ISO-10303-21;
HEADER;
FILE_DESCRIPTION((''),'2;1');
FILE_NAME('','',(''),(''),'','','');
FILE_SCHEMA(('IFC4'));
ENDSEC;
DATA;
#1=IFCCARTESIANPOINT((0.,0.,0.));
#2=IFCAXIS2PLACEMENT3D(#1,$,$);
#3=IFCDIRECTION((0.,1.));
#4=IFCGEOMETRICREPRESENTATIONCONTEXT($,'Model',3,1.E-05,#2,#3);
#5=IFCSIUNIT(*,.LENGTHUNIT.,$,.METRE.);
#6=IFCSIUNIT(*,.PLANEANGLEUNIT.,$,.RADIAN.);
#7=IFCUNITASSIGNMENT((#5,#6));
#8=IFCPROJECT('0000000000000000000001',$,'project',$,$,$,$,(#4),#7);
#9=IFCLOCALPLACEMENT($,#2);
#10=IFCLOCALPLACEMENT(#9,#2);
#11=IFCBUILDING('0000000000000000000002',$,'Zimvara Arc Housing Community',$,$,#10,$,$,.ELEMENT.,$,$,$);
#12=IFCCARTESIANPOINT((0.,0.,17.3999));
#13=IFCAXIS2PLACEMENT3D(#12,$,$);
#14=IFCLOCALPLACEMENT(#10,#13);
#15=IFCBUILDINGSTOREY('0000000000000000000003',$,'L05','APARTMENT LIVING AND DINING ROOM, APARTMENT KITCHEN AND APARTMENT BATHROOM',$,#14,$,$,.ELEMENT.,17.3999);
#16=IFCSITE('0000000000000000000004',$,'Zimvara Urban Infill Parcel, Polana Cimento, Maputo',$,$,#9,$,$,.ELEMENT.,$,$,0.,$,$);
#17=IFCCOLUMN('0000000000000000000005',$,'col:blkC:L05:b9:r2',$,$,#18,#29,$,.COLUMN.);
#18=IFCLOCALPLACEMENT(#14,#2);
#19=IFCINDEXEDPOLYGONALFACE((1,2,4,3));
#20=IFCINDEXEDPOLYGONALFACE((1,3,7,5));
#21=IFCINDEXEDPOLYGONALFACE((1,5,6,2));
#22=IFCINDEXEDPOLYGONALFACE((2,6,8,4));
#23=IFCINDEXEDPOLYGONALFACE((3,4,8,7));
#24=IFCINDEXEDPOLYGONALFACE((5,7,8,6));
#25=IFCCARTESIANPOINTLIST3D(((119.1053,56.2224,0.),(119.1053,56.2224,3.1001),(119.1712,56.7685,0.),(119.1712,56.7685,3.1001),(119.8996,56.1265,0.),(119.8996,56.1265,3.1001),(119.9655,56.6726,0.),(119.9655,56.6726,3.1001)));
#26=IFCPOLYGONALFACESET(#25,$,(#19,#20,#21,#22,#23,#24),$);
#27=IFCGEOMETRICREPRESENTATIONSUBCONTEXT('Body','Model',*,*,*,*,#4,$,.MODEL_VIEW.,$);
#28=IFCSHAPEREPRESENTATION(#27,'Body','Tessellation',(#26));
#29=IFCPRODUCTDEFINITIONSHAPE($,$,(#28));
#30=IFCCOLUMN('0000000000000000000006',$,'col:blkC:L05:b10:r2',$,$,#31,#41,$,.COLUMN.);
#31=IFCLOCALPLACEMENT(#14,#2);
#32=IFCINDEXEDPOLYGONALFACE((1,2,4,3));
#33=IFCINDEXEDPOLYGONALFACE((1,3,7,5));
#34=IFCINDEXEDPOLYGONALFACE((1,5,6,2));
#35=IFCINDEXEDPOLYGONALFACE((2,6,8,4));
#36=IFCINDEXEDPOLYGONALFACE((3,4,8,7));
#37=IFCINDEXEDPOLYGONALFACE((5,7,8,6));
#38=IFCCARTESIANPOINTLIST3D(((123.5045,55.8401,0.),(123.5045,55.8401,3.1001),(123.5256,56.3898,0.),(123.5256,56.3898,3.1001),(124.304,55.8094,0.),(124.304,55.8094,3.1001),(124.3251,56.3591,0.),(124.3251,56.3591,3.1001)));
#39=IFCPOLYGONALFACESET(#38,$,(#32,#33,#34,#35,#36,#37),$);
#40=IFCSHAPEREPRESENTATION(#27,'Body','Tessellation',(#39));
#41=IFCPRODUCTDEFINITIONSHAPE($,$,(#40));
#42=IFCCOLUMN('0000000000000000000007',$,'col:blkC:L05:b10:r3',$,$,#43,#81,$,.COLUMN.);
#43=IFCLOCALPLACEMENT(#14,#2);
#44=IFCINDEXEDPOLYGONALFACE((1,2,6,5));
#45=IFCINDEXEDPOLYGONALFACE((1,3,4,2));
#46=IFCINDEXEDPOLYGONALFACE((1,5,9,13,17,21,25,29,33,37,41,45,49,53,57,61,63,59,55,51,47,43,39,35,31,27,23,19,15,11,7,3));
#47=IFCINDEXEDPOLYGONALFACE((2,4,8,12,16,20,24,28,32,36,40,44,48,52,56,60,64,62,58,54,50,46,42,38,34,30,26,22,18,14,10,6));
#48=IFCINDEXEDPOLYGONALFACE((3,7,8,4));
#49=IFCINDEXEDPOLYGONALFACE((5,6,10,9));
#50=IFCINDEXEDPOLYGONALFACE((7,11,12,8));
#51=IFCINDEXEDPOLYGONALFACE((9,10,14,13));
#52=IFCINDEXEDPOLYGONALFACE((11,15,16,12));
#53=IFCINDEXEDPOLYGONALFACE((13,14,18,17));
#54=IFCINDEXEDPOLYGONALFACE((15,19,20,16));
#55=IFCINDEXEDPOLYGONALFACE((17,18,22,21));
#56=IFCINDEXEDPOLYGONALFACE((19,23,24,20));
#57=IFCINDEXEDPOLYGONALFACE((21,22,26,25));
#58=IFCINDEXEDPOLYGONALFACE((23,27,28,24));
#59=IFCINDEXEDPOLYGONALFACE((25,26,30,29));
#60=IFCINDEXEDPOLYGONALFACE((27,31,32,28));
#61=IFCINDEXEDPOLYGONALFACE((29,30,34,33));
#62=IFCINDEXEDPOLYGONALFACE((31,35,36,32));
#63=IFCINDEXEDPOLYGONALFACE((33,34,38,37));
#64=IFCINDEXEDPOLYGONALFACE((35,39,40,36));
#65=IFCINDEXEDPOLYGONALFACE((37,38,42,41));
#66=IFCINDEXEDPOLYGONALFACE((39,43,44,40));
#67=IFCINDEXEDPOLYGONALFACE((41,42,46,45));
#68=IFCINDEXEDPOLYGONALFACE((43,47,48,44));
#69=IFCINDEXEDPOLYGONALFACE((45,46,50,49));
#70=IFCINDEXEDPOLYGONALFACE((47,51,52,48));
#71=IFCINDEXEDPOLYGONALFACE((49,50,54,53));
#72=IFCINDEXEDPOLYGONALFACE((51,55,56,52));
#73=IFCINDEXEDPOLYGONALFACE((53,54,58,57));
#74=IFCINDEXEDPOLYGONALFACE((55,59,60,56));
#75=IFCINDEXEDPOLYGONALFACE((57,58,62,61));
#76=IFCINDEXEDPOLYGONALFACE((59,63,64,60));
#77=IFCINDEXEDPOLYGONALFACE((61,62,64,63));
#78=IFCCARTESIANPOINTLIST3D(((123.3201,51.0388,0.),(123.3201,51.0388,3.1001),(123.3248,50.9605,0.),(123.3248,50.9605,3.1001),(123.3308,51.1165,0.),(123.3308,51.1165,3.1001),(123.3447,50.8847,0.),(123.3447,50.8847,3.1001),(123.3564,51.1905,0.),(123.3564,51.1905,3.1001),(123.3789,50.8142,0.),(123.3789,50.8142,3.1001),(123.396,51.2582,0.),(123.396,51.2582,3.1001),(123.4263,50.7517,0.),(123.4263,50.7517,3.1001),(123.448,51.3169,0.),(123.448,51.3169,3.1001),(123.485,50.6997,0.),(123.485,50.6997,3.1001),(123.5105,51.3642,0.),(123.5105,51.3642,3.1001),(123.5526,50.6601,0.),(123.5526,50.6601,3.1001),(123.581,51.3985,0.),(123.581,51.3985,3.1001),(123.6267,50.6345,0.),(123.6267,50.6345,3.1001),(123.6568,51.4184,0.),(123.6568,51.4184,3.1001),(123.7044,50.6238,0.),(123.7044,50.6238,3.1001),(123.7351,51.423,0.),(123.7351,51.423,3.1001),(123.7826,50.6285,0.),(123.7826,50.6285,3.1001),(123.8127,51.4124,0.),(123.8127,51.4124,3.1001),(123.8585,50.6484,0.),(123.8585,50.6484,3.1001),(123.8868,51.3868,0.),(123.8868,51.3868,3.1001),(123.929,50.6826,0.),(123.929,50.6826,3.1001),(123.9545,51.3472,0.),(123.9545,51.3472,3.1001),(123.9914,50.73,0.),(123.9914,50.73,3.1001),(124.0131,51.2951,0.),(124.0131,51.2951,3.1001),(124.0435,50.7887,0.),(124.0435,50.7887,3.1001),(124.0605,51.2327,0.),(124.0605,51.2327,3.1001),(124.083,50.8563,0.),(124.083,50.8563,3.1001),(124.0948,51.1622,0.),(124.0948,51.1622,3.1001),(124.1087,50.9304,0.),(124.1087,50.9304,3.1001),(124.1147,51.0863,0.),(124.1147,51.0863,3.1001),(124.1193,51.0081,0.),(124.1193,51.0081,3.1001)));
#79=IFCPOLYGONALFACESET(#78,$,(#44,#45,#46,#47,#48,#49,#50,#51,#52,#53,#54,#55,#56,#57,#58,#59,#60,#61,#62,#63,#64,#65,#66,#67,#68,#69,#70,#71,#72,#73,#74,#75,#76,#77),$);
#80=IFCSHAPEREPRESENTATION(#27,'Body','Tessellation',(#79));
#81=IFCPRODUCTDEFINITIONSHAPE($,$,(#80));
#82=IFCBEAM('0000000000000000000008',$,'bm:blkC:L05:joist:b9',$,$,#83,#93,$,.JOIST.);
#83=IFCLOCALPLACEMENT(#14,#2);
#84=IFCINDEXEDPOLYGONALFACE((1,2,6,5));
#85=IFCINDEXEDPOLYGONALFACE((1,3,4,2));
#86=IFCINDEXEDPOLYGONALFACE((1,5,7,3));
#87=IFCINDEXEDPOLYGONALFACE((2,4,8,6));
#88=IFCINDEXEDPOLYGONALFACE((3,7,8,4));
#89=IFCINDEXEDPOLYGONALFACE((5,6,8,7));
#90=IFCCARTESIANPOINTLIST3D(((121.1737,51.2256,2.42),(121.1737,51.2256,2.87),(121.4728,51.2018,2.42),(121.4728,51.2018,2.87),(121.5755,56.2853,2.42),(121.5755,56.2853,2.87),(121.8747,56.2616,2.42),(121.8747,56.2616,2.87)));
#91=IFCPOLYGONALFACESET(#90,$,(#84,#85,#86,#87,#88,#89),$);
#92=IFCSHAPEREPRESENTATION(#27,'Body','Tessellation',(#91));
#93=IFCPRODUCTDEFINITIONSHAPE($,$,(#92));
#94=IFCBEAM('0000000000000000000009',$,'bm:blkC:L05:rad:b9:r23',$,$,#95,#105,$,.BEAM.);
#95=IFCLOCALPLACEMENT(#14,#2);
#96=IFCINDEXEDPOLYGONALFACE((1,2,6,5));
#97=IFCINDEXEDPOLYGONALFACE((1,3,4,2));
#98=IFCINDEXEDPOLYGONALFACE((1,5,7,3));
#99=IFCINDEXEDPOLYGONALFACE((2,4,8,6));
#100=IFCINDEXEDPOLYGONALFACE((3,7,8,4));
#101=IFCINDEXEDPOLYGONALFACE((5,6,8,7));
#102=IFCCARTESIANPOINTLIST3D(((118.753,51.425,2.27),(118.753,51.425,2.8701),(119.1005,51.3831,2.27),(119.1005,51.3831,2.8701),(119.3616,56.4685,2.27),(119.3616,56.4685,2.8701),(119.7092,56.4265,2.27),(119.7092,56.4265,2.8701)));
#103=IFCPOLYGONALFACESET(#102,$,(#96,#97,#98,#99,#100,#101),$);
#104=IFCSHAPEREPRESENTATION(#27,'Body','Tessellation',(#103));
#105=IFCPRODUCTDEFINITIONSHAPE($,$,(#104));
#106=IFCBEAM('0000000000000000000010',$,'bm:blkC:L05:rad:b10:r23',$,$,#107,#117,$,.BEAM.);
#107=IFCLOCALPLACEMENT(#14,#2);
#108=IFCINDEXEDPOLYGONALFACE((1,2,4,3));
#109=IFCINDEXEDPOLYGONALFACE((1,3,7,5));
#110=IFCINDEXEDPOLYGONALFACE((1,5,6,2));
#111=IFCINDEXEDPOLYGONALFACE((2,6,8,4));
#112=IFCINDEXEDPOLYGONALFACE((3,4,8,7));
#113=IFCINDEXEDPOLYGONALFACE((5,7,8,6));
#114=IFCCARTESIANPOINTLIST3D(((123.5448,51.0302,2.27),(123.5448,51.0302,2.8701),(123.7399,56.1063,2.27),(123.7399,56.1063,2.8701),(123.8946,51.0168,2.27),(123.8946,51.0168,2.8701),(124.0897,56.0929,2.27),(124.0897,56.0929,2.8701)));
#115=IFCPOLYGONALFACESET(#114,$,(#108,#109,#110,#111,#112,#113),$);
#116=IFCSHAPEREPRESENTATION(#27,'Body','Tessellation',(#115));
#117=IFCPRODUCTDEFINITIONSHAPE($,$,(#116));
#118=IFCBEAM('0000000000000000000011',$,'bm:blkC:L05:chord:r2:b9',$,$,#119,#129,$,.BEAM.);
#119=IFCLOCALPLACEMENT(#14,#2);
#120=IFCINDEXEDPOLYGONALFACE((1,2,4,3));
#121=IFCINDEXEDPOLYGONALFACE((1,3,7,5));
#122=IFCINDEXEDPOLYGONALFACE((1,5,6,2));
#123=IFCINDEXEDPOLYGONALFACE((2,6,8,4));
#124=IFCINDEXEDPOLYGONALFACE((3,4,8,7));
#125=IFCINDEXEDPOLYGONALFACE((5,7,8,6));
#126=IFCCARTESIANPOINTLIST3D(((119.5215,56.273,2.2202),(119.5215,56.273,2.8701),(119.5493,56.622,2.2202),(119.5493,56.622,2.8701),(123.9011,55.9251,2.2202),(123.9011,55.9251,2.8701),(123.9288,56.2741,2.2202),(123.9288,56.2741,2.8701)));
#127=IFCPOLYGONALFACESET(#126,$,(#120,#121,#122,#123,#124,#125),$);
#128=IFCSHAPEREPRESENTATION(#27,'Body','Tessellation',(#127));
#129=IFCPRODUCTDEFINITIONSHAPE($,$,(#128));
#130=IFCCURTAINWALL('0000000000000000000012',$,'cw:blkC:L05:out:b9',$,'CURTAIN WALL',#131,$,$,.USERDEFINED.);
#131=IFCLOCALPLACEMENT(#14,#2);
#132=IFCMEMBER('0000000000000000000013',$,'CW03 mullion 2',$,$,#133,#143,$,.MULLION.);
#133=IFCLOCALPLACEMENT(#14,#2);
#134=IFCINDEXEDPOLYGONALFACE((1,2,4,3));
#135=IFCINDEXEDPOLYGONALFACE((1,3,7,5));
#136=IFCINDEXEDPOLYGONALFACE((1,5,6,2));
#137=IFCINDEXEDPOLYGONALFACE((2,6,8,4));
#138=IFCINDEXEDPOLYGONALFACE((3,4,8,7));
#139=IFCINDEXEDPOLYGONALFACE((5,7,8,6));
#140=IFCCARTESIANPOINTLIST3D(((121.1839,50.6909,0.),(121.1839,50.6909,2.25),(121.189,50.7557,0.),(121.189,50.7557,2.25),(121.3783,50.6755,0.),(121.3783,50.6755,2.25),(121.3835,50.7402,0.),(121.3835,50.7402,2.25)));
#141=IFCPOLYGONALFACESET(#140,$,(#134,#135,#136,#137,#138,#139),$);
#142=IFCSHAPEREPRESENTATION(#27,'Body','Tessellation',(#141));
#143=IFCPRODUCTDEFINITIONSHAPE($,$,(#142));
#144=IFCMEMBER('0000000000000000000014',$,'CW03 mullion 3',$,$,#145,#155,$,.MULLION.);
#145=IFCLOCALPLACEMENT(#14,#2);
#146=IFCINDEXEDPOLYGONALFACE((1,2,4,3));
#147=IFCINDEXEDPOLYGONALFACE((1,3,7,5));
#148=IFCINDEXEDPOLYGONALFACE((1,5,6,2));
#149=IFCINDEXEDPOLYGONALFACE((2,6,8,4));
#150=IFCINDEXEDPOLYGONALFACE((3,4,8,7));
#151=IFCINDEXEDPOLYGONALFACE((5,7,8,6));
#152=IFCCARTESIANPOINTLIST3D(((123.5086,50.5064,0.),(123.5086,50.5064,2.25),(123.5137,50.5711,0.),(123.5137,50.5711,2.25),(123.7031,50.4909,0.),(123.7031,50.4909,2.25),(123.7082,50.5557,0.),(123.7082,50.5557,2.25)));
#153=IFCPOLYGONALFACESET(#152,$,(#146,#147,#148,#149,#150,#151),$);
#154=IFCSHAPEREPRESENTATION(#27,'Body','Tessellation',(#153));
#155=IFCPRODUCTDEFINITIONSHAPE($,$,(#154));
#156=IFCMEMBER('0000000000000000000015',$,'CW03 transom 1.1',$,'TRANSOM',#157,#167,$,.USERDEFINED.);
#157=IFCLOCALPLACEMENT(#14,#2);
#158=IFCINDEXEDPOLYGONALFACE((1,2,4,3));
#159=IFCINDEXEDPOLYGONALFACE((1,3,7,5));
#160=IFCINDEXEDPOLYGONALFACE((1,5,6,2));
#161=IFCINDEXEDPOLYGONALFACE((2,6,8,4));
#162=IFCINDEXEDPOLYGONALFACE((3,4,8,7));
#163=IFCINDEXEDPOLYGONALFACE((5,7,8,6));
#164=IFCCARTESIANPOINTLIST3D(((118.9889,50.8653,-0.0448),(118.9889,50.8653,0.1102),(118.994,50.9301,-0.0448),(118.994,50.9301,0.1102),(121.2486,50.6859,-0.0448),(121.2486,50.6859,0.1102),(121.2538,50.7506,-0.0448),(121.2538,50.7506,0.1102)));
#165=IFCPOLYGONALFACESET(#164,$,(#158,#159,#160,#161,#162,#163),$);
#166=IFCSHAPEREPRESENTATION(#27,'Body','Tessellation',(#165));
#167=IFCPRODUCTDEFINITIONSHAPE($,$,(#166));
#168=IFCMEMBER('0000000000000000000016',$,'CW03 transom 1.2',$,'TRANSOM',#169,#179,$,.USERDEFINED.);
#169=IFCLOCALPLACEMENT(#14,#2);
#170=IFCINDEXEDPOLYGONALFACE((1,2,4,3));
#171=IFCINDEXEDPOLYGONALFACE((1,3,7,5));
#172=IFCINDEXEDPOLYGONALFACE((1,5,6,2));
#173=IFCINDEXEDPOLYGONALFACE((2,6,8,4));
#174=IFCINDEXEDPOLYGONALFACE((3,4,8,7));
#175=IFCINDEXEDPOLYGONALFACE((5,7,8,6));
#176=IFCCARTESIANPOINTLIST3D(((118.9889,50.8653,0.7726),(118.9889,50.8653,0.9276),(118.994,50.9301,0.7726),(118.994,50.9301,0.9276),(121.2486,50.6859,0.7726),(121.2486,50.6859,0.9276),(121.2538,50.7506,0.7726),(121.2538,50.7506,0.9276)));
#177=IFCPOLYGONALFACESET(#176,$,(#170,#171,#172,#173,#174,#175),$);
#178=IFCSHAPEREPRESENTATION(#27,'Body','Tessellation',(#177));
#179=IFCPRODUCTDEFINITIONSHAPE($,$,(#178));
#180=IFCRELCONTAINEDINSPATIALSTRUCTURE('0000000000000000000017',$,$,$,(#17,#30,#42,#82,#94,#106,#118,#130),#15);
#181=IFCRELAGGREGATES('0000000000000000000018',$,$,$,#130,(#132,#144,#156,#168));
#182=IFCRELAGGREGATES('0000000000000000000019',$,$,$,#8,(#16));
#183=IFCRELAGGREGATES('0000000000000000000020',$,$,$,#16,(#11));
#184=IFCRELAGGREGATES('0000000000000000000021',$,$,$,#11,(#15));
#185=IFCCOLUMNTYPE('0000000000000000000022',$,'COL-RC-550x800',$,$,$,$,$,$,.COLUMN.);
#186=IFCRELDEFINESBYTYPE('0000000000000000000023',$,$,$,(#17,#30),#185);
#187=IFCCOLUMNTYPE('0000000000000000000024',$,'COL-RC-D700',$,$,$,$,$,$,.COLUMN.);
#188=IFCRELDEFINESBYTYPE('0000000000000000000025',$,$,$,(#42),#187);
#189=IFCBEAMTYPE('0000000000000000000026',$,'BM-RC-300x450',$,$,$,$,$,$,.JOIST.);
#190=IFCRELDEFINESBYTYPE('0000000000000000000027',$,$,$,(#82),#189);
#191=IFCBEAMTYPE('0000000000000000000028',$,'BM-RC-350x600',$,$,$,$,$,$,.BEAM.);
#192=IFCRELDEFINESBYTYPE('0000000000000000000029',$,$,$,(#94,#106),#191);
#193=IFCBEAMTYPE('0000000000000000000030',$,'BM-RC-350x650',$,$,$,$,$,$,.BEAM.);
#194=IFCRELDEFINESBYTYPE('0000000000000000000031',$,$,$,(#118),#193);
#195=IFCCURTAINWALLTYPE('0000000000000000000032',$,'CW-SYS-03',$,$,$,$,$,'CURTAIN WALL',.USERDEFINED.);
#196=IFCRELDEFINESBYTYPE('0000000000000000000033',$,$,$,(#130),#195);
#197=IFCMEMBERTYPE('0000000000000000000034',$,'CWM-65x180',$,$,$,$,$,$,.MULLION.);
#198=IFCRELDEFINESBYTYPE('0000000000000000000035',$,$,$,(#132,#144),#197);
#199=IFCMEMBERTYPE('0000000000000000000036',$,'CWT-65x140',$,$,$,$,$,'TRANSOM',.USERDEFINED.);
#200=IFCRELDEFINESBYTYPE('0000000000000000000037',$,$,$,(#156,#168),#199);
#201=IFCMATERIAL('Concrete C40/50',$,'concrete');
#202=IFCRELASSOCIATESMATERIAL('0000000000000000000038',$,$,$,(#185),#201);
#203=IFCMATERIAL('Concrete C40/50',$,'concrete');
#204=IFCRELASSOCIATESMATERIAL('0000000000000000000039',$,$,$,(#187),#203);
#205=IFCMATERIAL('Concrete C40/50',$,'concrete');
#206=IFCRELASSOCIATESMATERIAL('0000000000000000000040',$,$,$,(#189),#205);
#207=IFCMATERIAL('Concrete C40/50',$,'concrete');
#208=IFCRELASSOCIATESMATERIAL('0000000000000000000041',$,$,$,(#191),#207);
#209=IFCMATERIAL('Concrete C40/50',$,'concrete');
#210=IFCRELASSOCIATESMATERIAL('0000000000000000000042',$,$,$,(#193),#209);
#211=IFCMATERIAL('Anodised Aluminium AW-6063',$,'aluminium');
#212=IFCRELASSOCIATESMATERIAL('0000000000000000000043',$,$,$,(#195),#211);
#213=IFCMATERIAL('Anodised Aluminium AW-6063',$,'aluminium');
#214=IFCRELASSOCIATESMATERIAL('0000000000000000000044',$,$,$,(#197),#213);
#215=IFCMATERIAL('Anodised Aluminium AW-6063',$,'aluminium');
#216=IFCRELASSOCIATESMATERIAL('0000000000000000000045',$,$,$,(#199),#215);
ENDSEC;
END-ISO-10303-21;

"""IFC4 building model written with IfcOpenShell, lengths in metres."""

from ifc_helpers import new_model, si_unit, direction, frame, origin, origin_2d, place, context, subcontext, project, spatial, rectangle, circle, extrude, material, material_profile, profile_set, type_object, element, aggregate, save


model = new_model("IFC4")

# Units and contexts
model_context = context("Model", 3, precision=1e-05, world=origin(), true_north=direction((0.0, 1.0)))
body_context = subcontext(model_context, "Body", "Model", "MODEL_VIEW")
ifc_project = project(units=[si_unit("LENGTHUNIT", "METRE"), si_unit("PLANEANGLEUNIT", "RADIAN")], contexts=[model_context])

# Site, building, storey
site_placement = place(None, origin())
site = spatial("IfcSite", under=ifc_project, at=site_placement, Name="Zimvara Urban Infill Parcel, Polana Cimento, Maputo", CompositionType="ELEMENT", RefElevation=0.0)
building_placement = place(site_placement, origin())
building = spatial("IfcBuilding", under=site, at=building_placement, Name="Zimvara Arc Housing Community", CompositionType="ELEMENT")
storey_placement = place(building_placement, frame((0.0, 0.0, 17.3999)))
storey = spatial("IfcBuildingStorey", under=building, at=storey_placement, Name="L05", Description="APARTMENT LIVING AND DINING ROOM, APARTMENT KITCHEN AND APARTMENT BATHROOM", CompositionType="ELEMENT", Elevation=17.3999)

# Columns
ifc_material_1 = material(Name="Concrete C40/50", Category="concrete")
ifc_material_profile_1 = material_profile(ifc_material_1, rectangle(XDim=0.55, YDim=0.8, at=origin_2d()), Name="RC 550x800")
ifc_profile_set_1 = profile_set([ifc_material_profile_1], Name="Concrete C40/50")
column_type_1 = type_object("IfcColumnType", Name="COL-RC-550x800", PredefinedType="COLUMN", material=ifc_profile_set_1)
for number, where, z_axis, x_axis, name in (
    (1, (119.5354, 56.4475, 0.0), (0.0, 0.0, 1.0), (-0.11979, -0.992799, 0.0), "col:blkC:L05:b9:r2"),
    (2, (123.9148, 56.0996, 0.0), (0.0, 0.0, 1.0), (-0.038388, -0.999263, 0.0), "col:blkC:L05:b10:r2"),
):
    element("IfcColumn", number, at=place(storey_placement, frame(where, z_axis=z_axis, x_axis=x_axis)), inside=storey, type_object=column_type_1, Name=name, PredefinedType="COLUMN", context=body_context, shape_type="SweptSolid", body=[
        extrude(rectangle(XDim=0.55, YDim=0.8, at=origin_2d()), origin(), (0.0, 0.0, 1.0), 3.1001),
    ])
ifc_material_2 = material(Name="Concrete C40/50", Category="concrete")
ifc_material_profile_2 = material_profile(ifc_material_2, circle(Radius=0.3999, at=origin_2d()), Name="RC D800")
ifc_profile_set_2 = profile_set([ifc_material_profile_2], Name="Concrete C40/50")
column_type_2 = type_object("IfcColumnType", Name="COL-RC-D700", PredefinedType="COLUMN", material=ifc_profile_set_2)
column_placement = place(storey_placement, frame((123.7197, 51.0234, 0.0), z_axis=(0.0, 0.0, 1.0), x_axis=(-0.038388, -0.999263, 0.0)))
element("IfcColumn", 3, at=column_placement, inside=storey, type_object=column_type_2, Name="col:blkC:L05:b10:r3", PredefinedType="COLUMN", context=body_context, shape_type="SweptSolid", body=[
    extrude(circle(Radius=0.3999, at=origin_2d()), origin(), (0.0, 0.0, 1.0), 3.1001),
])

# Beams
ifc_material_3 = material(Name="Concrete C40/50", Category="concrete")
ifc_material_profile_3 = material_profile(ifc_material_3, rectangle(XDim=0.3, YDim=0.45, at=origin_2d()), Name="RC 300x450")
ifc_profile_set_3 = profile_set([ifc_material_profile_3], Name="Concrete C40/50")
beam_type_1 = type_object("IfcBeamType", Name="BM-RC-300x450", PredefinedType="JOIST", material=ifc_profile_set_3)
beam_1_placement = place(storey_placement, frame((121.7251, 56.2734, 2.645), z_axis=(-0.079172, -0.996861, 0.0), x_axis=(0.996861, -0.079172, 0.0)))
element("IfcBeam", 4, at=beam_1_placement, inside=storey, type_object=beam_type_1, Name="bm:blkC:L05:joist:b9", PredefinedType="JOIST", context=body_context, shape_type="SweptSolid", body=[
    extrude(rectangle(XDim=0.3, YDim=0.45, at=origin_2d()), origin(), (0.0, 0.0, 1.0), 5.0757),
])
ifc_material_4 = material(Name="Concrete C40/50", Category="concrete")
ifc_material_profile_4 = material_profile(ifc_material_4, rectangle(XDim=0.3501, YDim=0.6001, at=origin_2d()), Name="RC 350x600")
ifc_profile_set_4 = profile_set([ifc_material_profile_4], Name="Concrete C40/50")
beam_type_2 = type_object("IfcBeamType", Name="BM-RC-350x600", PredefinedType="BEAM", material=ifc_profile_set_4)
beam_2_placement = place(storey_placement, frame((119.5354, 56.4475, 2.5701), z_axis=(-0.11981, -0.992797, 0.0), x_axis=(0.992797, -0.11981, 0.0)))
element("IfcBeam", 5, at=beam_2_placement, inside=storey, type_object=beam_type_2, Name="bm:blkC:L05:rad:b9:r23", PredefinedType="BEAM", context=body_context, shape_type="SweptSolid", body=[
    extrude(rectangle(XDim=0.3501, YDim=0.6001, at=origin_2d()), origin(), (0.0, 0.0, 1.0), 5.0801),
])
beam_3_placement = place(storey_placement, frame((123.9148, 56.0996, 2.5701), z_axis=(-0.0384, -0.999262, 0.0), x_axis=(0.999262, -0.0384, 0.0)))
element("IfcBeam", 6, at=beam_3_placement, inside=storey, type_object=beam_type_2, Name="bm:blkC:L05:rad:b10:r23", PredefinedType="BEAM", context=body_context, shape_type="SweptSolid", body=[
    extrude(rectangle(XDim=0.3501, YDim=0.6001, at=origin_2d()), origin(), (0.0, 0.0, 1.0), 5.0798),
])
ifc_material_5 = material(Name="Concrete C40/50", Category="concrete")
ifc_material_profile_5 = material_profile(ifc_material_5, rectangle(XDim=0.3501, YDim=0.6499, at=origin_2d()), Name="RC 350x650")
ifc_profile_set_5 = profile_set([ifc_material_profile_5], Name="Concrete C40/50")
beam_type_3 = type_object("IfcBeamType", Name="BM-RC-350x650", PredefinedType="BEAM", material=ifc_profile_set_5)
beam_4_placement = place(storey_placement, frame((119.5354, 56.4475, 2.5452), z_axis=(0.996859, -0.079191, 0.0), x_axis=(0.079191, 0.996859, 0.0)))
element("IfcBeam", 7, at=beam_4_placement, inside=storey, type_object=beam_type_3, Name="bm:blkC:L05:chord:r2:b9", PredefinedType="BEAM", context=body_context, shape_type="SweptSolid", body=[
    extrude(rectangle(XDim=0.3501, YDim=0.6499, at=origin_2d()), origin(), (0.0, 0.0, 1.0), 4.3933),
])

# Curtain wall, members
ifc_material_6 = material(Name="Anodised Aluminium AW-6063", Category="aluminium")
curtain_wall_type = type_object("IfcCurtainWallType", Name="CW-SYS-03", ElementType="CURTAIN WALL", PredefinedType="USERDEFINED", material=ifc_material_6)
curtain_wall_placement = place(storey_placement, origin())
curtain_wall = element("IfcCurtainWall", 8, at=curtain_wall_placement, inside=storey, type_object=curtain_wall_type, Name="cw:blkC:L05:out:b9", ObjectType="CURTAIN WALL", PredefinedType="USERDEFINED")
ifc_material_7 = material(Name="Anodised Aluminium AW-6063", Category="aluminium")
ifc_material_profile_6 = material_profile(ifc_material_7, rectangle(XDim=0.0649, YDim=0.1951, at=origin_2d()), Name="ALU 65x195")
ifc_profile_set_6 = profile_set([ifc_material_profile_6], Name="Anodised Aluminium AW-6063")
member_type_1 = type_object("IfcMemberType", Name="CWM-65x180", PredefinedType="MULLION", material=ifc_profile_set_6)
member_1_placement = place(storey_placement, frame((121.2837, 50.7156, 0.0), z_axis=(0.0, 0.0, 1.0), x_axis=(0.079154, 0.996862, 0.0)))
member_1 = element("IfcMember", 9, at=member_1_placement, type_object=member_type_1, Name="CW03 mullion 2", PredefinedType="MULLION", context=body_context, shape_type="SweptSolid", body=[
    extrude(rectangle(XDim=0.0649, YDim=0.1951, at=origin_2d()), origin(), (0.0, 0.0, 1.0), 2.25),
])
member_2_placement = place(storey_placement, frame((123.6084, 50.531, 0.0), z_axis=(0.0, 0.0, 1.0), x_axis=(0.079154, 0.996862, 0.0)))
member_2 = element("IfcMember", 10, at=member_2_placement, type_object=member_type_1, Name="CW03 mullion 3", PredefinedType="MULLION", context=body_context, shape_type="SweptSolid", body=[
    extrude(rectangle(XDim=0.0649, YDim=0.1951, at=origin_2d()), origin(), (0.0, 0.0, 1.0), 2.25),
])
ifc_material_8 = material(Name="Anodised Aluminium AW-6063", Category="aluminium")
ifc_material_profile_7 = material_profile(ifc_material_8, rectangle(XDim=0.0649, YDim=0.155, at=origin_2d()), Name="ALU 65x155")
ifc_profile_set_7 = profile_set([ifc_material_profile_7], Name="Anodised Aluminium AW-6063")
member_type_2 = type_object("IfcMemberType", Name="CWT-65x140", ElementType="TRANSOM", PredefinedType="USERDEFINED", material=ifc_profile_set_7)
member_3_placement = place(storey_placement, frame((118.9915, 50.8977, 0.0327), z_axis=(0.996862, -0.079159, 0.0), x_axis=(0.079159, 0.996862, 0.0)))
member_3 = element("IfcMember", 11, at=member_3_placement, type_object=member_type_2, Name="CW03 transom 1.1", ObjectType="TRANSOM", PredefinedType="USERDEFINED", context=body_context, shape_type="SweptSolid", body=[
    extrude(rectangle(XDim=0.0649, YDim=0.155, at=origin_2d()), origin(), (0.0, 0.0, 1.0), 2.2668),
])
member_4_placement = place(storey_placement, frame((118.9915, 50.8977, 0.8501), z_axis=(0.996862, -0.079159, 0.0), x_axis=(0.079159, 0.996862, 0.0)))
member_4 = element("IfcMember", 12, at=member_4_placement, type_object=member_type_2, Name="CW03 transom 1.2", ObjectType="TRANSOM", PredefinedType="USERDEFINED", context=body_context, shape_type="SweptSolid", body=[
    extrude(rectangle(XDim=0.0649, YDim=0.155, at=origin_2d()), origin(), (0.0, 0.0, 1.0), 2.2668),
])
aggregate(curtain_wall, [member_1, member_2, member_3, member_4])

save(model, "model.ifc")
